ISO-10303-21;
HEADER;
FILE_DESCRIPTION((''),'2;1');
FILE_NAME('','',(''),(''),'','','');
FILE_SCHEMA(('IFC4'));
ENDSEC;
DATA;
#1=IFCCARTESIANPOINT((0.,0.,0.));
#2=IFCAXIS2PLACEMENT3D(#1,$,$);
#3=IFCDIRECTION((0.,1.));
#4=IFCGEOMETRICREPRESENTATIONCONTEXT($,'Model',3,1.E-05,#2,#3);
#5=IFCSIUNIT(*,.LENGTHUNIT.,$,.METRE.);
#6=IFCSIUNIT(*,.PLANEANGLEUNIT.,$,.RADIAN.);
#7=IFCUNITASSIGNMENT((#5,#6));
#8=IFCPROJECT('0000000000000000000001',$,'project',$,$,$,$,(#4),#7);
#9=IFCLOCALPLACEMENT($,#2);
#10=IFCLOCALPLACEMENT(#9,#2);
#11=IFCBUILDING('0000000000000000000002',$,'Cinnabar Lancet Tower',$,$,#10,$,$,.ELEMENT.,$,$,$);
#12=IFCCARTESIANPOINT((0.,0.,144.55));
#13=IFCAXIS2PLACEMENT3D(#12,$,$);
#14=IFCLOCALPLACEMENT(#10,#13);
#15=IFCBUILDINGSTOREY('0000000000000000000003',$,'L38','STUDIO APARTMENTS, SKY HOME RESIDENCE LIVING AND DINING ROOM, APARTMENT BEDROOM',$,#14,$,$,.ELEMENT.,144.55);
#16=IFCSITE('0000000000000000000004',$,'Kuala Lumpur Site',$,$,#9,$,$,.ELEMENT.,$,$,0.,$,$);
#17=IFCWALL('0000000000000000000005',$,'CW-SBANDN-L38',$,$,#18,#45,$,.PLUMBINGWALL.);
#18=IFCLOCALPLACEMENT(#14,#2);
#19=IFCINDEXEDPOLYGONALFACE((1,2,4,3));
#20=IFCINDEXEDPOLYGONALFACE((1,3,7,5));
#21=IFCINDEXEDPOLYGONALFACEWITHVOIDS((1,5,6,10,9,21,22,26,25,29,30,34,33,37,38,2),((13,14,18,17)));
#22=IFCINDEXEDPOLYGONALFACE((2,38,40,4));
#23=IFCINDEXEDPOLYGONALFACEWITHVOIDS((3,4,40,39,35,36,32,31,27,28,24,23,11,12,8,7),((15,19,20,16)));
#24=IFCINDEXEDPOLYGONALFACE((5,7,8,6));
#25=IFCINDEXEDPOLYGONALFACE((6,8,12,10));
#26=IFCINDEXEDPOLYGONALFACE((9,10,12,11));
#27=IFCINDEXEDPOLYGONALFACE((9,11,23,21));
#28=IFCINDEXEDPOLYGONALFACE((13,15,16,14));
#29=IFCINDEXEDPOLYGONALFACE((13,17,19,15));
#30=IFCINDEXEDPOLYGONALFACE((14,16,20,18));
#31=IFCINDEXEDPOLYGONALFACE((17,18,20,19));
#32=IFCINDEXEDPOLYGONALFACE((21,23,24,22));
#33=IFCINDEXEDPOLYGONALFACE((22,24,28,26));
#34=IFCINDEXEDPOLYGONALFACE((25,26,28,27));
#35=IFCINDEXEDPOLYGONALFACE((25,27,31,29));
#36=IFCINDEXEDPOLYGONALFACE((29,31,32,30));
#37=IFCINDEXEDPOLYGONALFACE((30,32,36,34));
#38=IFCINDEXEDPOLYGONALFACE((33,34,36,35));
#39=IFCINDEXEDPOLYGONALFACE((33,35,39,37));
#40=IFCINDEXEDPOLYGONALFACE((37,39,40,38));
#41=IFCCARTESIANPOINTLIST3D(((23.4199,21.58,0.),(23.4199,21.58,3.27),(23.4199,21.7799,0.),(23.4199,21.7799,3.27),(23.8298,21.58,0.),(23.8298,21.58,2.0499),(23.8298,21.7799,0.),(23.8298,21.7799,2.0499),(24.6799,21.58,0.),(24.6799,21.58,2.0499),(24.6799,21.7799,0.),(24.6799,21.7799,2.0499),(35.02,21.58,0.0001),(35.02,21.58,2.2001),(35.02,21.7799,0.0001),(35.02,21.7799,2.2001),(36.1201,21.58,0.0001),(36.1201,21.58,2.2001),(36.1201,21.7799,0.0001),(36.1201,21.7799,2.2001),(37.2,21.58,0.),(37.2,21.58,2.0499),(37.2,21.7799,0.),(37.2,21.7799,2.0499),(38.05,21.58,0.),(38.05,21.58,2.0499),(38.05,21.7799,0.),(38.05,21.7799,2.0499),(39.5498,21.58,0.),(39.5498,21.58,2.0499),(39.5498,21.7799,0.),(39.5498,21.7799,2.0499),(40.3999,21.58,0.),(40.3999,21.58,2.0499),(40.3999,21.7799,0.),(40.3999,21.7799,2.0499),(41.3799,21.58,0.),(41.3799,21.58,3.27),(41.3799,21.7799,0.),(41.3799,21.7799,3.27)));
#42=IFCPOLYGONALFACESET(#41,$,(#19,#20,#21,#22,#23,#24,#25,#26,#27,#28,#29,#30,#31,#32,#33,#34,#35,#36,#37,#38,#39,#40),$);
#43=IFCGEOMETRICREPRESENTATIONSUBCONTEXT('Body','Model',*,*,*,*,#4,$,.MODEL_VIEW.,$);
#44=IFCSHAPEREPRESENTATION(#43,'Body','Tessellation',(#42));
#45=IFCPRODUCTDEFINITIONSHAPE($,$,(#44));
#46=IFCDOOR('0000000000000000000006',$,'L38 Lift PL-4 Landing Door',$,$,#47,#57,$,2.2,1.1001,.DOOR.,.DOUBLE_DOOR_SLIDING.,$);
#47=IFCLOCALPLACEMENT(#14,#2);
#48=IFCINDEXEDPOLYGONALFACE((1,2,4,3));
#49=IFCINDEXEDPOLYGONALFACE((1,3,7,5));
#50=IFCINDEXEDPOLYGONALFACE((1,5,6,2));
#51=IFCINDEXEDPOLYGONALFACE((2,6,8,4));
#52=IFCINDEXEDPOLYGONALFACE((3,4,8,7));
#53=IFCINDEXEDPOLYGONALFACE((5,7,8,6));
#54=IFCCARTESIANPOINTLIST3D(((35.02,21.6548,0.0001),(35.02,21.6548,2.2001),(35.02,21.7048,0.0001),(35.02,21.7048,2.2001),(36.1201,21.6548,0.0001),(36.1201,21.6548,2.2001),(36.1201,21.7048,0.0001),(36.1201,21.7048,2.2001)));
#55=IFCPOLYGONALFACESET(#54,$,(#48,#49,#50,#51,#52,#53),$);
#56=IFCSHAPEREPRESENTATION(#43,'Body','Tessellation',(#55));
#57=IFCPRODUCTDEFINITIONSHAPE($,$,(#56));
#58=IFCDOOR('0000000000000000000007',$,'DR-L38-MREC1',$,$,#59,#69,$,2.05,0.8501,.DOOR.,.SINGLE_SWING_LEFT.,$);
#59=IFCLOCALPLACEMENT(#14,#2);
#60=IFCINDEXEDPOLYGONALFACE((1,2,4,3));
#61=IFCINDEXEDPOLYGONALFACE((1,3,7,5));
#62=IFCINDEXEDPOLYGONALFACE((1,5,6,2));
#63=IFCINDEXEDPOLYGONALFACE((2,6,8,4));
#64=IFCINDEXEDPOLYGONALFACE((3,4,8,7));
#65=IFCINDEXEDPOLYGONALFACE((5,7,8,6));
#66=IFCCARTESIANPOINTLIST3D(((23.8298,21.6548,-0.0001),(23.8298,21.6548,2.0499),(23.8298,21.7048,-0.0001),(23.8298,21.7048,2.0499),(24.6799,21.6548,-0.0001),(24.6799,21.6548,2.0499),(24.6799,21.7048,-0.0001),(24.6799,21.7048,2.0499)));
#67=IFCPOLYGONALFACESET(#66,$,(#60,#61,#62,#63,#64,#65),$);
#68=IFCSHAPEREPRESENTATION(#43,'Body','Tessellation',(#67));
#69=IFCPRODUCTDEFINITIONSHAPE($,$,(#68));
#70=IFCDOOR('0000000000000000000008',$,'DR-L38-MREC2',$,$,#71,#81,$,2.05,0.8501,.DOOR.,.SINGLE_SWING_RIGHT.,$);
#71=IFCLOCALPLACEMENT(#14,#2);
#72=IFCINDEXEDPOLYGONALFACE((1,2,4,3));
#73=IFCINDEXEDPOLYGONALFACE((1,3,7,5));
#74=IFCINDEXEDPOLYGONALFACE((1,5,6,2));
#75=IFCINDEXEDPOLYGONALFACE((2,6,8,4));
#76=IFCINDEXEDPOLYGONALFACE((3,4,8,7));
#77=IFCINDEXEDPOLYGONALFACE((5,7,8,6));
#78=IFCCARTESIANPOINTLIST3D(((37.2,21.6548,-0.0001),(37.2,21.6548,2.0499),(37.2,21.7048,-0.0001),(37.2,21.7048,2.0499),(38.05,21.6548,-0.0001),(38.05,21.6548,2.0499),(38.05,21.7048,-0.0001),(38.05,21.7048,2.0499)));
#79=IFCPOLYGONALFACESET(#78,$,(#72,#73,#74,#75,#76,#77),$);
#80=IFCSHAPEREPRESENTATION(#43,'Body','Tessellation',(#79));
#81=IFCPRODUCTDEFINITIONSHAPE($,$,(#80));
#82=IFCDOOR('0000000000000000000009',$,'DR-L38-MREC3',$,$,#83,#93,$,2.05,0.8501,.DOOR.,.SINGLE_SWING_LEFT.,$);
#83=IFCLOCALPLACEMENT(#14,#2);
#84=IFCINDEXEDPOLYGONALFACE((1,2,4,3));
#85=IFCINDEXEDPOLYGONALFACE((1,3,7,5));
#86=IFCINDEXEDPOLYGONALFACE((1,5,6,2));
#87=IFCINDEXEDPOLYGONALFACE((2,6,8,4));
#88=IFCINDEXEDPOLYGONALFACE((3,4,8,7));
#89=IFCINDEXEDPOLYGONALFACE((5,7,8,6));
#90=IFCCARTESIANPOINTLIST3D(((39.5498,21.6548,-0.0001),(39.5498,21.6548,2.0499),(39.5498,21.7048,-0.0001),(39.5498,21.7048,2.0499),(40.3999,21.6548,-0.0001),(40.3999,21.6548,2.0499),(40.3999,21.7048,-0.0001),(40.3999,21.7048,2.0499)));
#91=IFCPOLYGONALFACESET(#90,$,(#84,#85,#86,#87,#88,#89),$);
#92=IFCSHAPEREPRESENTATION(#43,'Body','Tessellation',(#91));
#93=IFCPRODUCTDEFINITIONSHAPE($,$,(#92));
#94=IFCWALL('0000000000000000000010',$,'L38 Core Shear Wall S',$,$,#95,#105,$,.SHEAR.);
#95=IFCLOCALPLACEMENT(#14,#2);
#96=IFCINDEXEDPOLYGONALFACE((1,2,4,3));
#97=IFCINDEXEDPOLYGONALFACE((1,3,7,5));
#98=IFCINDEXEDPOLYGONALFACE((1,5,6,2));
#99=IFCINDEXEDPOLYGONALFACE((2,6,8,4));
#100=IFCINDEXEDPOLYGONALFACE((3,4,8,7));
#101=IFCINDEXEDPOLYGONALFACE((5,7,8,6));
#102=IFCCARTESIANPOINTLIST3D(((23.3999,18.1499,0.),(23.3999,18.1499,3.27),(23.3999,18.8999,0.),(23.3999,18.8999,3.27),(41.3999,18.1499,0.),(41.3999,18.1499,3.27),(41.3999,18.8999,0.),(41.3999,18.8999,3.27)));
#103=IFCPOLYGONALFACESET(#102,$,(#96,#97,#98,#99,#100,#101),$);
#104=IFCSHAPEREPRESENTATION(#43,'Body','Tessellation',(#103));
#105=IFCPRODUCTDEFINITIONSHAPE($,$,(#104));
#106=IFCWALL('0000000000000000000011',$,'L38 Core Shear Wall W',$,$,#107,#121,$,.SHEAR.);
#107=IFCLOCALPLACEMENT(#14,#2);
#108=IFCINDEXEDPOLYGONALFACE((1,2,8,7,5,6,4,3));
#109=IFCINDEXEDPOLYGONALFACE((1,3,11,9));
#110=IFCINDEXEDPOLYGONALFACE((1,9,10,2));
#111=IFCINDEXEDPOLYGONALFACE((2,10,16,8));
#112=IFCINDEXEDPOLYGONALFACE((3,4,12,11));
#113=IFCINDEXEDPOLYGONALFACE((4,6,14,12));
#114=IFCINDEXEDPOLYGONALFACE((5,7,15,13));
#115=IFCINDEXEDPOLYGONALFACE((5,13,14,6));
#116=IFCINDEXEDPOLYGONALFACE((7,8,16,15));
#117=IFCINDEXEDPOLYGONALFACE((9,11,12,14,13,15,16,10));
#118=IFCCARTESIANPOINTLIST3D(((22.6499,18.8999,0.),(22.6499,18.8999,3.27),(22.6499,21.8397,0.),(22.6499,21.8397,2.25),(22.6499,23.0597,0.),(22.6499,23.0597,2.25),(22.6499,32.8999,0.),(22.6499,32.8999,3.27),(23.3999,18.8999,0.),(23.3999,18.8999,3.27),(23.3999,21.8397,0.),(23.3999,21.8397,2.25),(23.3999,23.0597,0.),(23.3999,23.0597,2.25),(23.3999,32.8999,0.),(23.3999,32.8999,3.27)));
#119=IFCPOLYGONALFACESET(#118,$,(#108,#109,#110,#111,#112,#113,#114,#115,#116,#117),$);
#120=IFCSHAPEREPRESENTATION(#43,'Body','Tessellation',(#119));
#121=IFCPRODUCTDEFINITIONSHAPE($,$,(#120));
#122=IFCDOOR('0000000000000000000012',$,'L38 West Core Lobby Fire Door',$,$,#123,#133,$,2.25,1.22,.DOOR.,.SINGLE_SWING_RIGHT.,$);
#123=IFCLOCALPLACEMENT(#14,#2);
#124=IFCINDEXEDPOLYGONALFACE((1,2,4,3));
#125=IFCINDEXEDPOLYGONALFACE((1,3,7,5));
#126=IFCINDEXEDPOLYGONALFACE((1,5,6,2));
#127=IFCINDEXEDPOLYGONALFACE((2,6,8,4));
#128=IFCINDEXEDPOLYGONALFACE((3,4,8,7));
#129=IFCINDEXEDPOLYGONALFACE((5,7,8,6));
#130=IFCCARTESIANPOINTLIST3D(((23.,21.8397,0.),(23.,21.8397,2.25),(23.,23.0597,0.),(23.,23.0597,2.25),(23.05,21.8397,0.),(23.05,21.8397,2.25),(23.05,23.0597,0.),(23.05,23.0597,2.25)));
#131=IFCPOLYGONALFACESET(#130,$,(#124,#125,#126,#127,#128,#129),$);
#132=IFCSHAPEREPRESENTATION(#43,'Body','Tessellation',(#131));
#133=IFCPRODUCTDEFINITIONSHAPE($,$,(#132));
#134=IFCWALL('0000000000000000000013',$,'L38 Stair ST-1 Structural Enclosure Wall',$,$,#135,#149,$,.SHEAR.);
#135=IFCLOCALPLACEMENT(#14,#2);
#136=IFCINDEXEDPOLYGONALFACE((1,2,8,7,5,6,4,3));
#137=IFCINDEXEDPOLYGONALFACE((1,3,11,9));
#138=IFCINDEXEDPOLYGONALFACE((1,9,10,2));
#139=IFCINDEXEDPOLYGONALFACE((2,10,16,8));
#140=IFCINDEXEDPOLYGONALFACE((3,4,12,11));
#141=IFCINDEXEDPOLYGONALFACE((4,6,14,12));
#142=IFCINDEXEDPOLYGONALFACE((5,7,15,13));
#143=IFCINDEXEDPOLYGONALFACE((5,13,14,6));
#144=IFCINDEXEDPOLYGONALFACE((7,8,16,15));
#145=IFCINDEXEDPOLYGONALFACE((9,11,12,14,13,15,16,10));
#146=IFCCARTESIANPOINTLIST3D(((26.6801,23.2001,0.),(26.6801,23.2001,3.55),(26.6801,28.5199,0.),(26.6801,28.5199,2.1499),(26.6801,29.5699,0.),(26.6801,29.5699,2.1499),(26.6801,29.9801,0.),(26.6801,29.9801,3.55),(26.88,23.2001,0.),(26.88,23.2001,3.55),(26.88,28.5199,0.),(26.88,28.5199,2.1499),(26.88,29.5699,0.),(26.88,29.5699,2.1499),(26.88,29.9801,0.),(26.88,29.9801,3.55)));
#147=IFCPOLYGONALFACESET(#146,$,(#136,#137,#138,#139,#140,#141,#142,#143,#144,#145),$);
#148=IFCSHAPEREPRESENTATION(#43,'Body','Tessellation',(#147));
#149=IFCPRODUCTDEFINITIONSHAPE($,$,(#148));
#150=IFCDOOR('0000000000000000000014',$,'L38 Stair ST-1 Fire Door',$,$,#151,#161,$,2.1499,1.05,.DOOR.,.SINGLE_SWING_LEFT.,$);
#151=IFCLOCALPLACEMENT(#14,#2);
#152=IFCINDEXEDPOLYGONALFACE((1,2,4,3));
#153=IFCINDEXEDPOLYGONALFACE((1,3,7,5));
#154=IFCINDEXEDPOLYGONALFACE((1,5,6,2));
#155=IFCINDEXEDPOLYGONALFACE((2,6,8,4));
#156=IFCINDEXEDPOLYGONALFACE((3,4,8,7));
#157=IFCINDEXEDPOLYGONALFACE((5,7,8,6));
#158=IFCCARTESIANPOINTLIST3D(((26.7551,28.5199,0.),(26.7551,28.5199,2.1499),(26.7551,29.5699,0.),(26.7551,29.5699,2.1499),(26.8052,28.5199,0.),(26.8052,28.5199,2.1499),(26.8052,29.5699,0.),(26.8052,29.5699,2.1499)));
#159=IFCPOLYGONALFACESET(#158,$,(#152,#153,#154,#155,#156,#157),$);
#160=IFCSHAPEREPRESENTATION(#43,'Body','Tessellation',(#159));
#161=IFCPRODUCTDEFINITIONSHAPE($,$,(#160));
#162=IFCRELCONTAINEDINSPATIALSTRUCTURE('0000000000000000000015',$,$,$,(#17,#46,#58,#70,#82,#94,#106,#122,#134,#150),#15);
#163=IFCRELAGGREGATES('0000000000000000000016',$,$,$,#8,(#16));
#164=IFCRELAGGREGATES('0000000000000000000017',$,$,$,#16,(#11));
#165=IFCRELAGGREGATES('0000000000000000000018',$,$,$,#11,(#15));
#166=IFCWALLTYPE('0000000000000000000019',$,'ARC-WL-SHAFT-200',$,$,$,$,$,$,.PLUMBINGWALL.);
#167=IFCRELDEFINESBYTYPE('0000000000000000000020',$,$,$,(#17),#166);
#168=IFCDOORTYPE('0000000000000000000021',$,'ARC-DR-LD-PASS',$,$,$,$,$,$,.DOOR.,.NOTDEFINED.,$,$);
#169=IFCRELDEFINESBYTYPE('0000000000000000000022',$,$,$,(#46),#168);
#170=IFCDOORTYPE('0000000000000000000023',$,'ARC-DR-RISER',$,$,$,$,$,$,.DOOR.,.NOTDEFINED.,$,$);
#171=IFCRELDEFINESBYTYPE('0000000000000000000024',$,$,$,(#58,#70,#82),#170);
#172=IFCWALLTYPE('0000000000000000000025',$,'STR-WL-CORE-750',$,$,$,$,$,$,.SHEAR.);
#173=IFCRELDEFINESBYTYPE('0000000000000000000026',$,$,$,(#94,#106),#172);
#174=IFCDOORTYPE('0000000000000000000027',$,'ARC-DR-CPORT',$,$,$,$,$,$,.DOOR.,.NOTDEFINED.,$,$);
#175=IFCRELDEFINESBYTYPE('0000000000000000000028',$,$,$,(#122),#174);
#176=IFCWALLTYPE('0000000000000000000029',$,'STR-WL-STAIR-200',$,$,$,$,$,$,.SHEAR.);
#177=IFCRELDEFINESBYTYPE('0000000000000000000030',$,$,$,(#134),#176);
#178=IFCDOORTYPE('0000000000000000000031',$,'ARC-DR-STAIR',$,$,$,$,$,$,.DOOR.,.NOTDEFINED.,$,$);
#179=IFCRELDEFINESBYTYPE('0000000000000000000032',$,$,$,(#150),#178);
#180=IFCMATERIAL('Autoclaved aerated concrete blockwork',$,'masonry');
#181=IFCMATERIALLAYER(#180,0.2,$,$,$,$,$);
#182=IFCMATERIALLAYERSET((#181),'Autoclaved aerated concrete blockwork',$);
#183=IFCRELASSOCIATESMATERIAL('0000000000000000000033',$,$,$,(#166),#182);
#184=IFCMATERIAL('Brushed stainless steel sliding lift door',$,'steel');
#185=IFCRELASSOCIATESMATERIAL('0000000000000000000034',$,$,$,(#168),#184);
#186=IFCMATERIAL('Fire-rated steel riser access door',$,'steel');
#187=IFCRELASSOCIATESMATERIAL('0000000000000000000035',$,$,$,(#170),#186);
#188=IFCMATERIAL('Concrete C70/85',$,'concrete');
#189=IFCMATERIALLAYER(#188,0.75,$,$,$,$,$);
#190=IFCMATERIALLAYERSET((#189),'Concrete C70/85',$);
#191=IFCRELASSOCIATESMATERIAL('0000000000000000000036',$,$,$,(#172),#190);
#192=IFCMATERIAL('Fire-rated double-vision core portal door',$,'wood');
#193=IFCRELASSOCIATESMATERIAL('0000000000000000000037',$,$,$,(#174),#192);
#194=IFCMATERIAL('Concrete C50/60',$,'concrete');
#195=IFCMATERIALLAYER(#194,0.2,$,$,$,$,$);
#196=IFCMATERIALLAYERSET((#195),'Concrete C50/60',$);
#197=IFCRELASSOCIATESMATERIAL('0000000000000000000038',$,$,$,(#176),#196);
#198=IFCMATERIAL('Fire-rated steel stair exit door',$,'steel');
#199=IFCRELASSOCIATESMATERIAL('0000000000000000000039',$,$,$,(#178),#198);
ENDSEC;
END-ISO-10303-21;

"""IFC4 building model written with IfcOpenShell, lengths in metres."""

from ifc_helpers import new_model, si_unit, direction, frame, frame_2d, origin, place, context, subcontext, project, spatial, rectangle, extrude, material, layer, layer_set, type_object, element, fill, save


model = new_model("IFC4")

# Units and contexts
model_context = context("Model", 3, precision=1e-05, world=origin(), true_north=direction((0.0, 1.0)))
body_context = subcontext(model_context, "Body", "Model", "MODEL_VIEW")
ifc_project = project(units=[si_unit("LENGTHUNIT", "METRE"), si_unit("PLANEANGLEUNIT", "RADIAN")], contexts=[model_context])

# Site, building, storey
site_placement = place(None, origin())
site = spatial("IfcSite", under=ifc_project, at=site_placement, Name="Kuala Lumpur Site", CompositionType="ELEMENT", RefElevation=0.0)
building_placement = place(site_placement, origin())
building = spatial("IfcBuilding", under=site, at=building_placement, Name="Cinnabar Lancet Tower", CompositionType="ELEMENT")
storey_placement = place(building_placement, frame((0.0, 0.0, 144.55)))
storey = spatial("IfcBuildingStorey", under=building, at=storey_placement, Name="L38", Description="STUDIO APARTMENTS, SKY HOME RESIDENCE LIVING AND DINING ROOM, APARTMENT BEDROOM", CompositionType="ELEMENT", Elevation=144.55)

# Shared definitions
ifc_material_1 = material(Name="Autoclaved aerated concrete blockwork", Category="masonry")
ifc_layer_1 = layer(ifc_material_1, 0.2)
ifc_layer_set_1 = layer_set([ifc_layer_1], Name="Autoclaved aerated concrete blockwork")
wall_type_1 = type_object("IfcWallType", Name="ARC-WL-SHAFT-200", PredefinedType="PLUMBINGWALL", material=ifc_layer_set_1)

# Shared definitions
ifc_material_2 = material(Name="Brushed stainless steel sliding lift door", Category="steel")
door_type_1 = type_object("IfcDoorType", Name="ARC-DR-LD-PASS", OperationType="NOTDEFINED", PredefinedType="DOOR", material=ifc_material_2)

# Wall, openings, doors
wall_1_placement = place(storey_placement, frame((23.4199, 21.6799, 0.0), z_axis=(0.0, 0.0, 1.0), x_axis=(1.0, 0.0, 0.0)))
wall_1 = element("IfcWall", 1, at=wall_1_placement, inside=storey, type_object=wall_type_1, Name="CW-SBANDN-L38", PredefinedType="PLUMBINGWALL", context=body_context, shape_type="SweptSolid", body=[
    extrude(rectangle(XDim=17.96, YDim=0.2, at=frame_2d((8.98, 0.0))), origin(), (0.0, 0.0, 1.0), 3.27),
])
opening_1_placement = place(wall_1_placement, frame((11.6001, 0.0, 0.0)))
opening_1 = element("IfcOpeningElement", 2, at=opening_1_placement, cuts=wall_1, PredefinedType="OPENING", context=body_context, shape_type="SweptSolid", body=[
    extrude(rectangle(XDim=1.1001, YDim=2.2, at=frame_2d((0.55, 1.1001))), frame((0.0, 0.1099, 0.0), z_axis=(0.0, -1.0, 0.0), x_axis=(1.0, 0.0, 0.0)), (0.0, 0.0, 1.0), 0.22),
])
opening_2_placement = place(wall_1_placement, frame((0.4099, 0.0, 0.0)))
opening_2 = element("IfcOpeningElement", 3, at=opening_2_placement, cuts=wall_1, PredefinedType="OPENING", context=body_context, shape_type="SweptSolid", body=[
    extrude(rectangle(XDim=0.8501, YDim=2.05, at=frame_2d((0.425, 1.0249))), frame((0.0, 0.1099, 0.0), z_axis=(0.0, -1.0, 0.0), x_axis=(1.0, 0.0, 0.0)), (0.0, 0.0, 1.0), 0.22),
])
opening_3_placement = place(wall_1_placement, frame((13.78, 0.0, 0.0)))
opening_3 = element("IfcOpeningElement", 4, at=opening_3_placement, cuts=wall_1, PredefinedType="OPENING", context=body_context, shape_type="SweptSolid", body=[
    extrude(rectangle(XDim=0.8501, YDim=2.05, at=frame_2d((0.425, 1.0249))), frame((0.0, 0.1099, 0.0), z_axis=(0.0, -1.0, 0.0), x_axis=(1.0, 0.0, 0.0)), (0.0, 0.0, 1.0), 0.22),
])
opening_4_placement = place(wall_1_placement, frame((16.1299, 0.0, 0.0)))
opening_4 = element("IfcOpeningElement", 5, at=opening_4_placement, cuts=wall_1, PredefinedType="OPENING", context=body_context, shape_type="SweptSolid", body=[
    extrude(rectangle(XDim=0.8501, YDim=2.05, at=frame_2d((0.425, 1.0249))), frame((0.0, 0.1099, 0.0), z_axis=(0.0, -1.0, 0.0), x_axis=(1.0, 0.0, 0.0)), (0.0, 0.0, 1.0), 0.22),
])
door_1_placement = place(opening_1_placement, origin())
door_1 = element("IfcDoor", 6, at=door_1_placement, inside=storey, type_object=door_type_1, Name="L38 Lift PL-4 Landing Door", OperationType="DOUBLE_DOOR_SLIDING", OverallHeight=2.2, OverallWidth=1.1001, PredefinedType="DOOR", context=body_context, shape_type="SweptSolid", body=[
    extrude(rectangle(XDim=1.1001, YDim=2.2, at=frame_2d((0.55, 1.1001))), frame((0.0, 0.0249, 0.0), z_axis=(0.0, -1.0, 0.0), x_axis=(1.0, 0.0, 0.0)), (0.0, 0.0, 1.0), 0.05),
])
fill(opening_1, door_1)
ifc_material_3 = material(Name="Fire-rated steel riser access door", Category="steel")
door_type_2 = type_object("IfcDoorType", Name="ARC-DR-RISER", OperationType="NOTDEFINED", PredefinedType="DOOR", material=ifc_material_3)
door_2_placement = place(opening_2_placement, origin())
door_2 = element("IfcDoor", 7, at=door_2_placement, inside=storey, type_object=door_type_2, Name="DR-L38-MREC1", OperationType="SINGLE_SWING_LEFT", OverallHeight=2.05, OverallWidth=0.8501, PredefinedType="DOOR", context=body_context, shape_type="SweptSolid", body=[
    extrude(rectangle(XDim=0.8501, YDim=2.05, at=frame_2d((0.425, 1.0249))), frame((0.0, 0.0249, 0.0), z_axis=(0.0, -1.0, 0.0), x_axis=(1.0, 0.0, 0.0)), (0.0, 0.0, 1.0), 0.05),
])
fill(opening_2, door_2)
door_3_placement = place(opening_3_placement, origin())
door_3 = element("IfcDoor", 8, at=door_3_placement, inside=storey, type_object=door_type_2, Name="DR-L38-MREC2", OperationType="SINGLE_SWING_RIGHT", OverallHeight=2.05, OverallWidth=0.8501, PredefinedType="DOOR", context=body_context, shape_type="SweptSolid", body=[
    extrude(rectangle(XDim=0.8501, YDim=2.05, at=frame_2d((0.425, 1.0249))), frame((0.0, 0.0249, 0.0), z_axis=(0.0, -1.0, 0.0), x_axis=(1.0, 0.0, 0.0)), (0.0, 0.0, 1.0), 0.05),
])
fill(opening_3, door_3)
door_4_placement = place(opening_4_placement, origin())
door_4 = element("IfcDoor", 9, at=door_4_placement, inside=storey, type_object=door_type_2, Name="DR-L38-MREC3", OperationType="SINGLE_SWING_LEFT", OverallHeight=2.05, OverallWidth=0.8501, PredefinedType="DOOR", context=body_context, shape_type="SweptSolid", body=[
    extrude(rectangle(XDim=0.8501, YDim=2.05, at=frame_2d((0.425, 1.0249))), frame((0.0, 0.0249, 0.0), z_axis=(0.0, -1.0, 0.0), x_axis=(1.0, 0.0, 0.0)), (0.0, 0.0, 1.0), 0.05),
])
fill(opening_4, door_4)

# Wall
ifc_material_4 = material(Name="Concrete C70/85", Category="concrete")
ifc_layer_2 = layer(ifc_material_4, 0.75)
ifc_layer_set_2 = layer_set([ifc_layer_2], Name="Concrete C70/85")
wall_type_2 = type_object("IfcWallType", Name="STR-WL-CORE-750", PredefinedType="SHEAR", material=ifc_layer_set_2)
wall_2_placement = place(storey_placement, frame((23.3999, 18.5249, 0.0), z_axis=(0.0, 0.0, 1.0), x_axis=(1.0, 0.0, 0.0)))
element("IfcWall", 10, at=wall_2_placement, inside=storey, type_object=wall_type_2, Name="L38 Core Shear Wall S", PredefinedType="SHEAR", context=body_context, shape_type="SweptSolid", body=[
    extrude(rectangle(XDim=18.0, YDim=0.75, at=frame_2d((9.0, 0.0))), origin(), (0.0, 0.0, 1.0), 3.27),
])

# Walls, openings, doors
wall_3_placement = place(storey_placement, frame((23.0249, 18.8999, 0.0), z_axis=(0.0, 0.0, 1.0), x_axis=(0.0, 1.0, 0.0)))
wall_3 = element("IfcWall", 11, at=wall_3_placement, inside=storey, type_object=wall_type_2, Name="L38 Core Shear Wall W", PredefinedType="SHEAR", context=body_context, shape_type="SweptSolid", body=[
    extrude(rectangle(XDim=14.0, YDim=0.75, at=frame_2d((7.0, 0.0))), origin(), (0.0, 0.0, 1.0), 3.27),
])
opening_5_placement = place(wall_3_placement, frame((2.9399, 0.0, 0.0)))
opening_5 = element("IfcOpeningElement", 12, at=opening_5_placement, cuts=wall_3, PredefinedType="OPENING", context=body_context, shape_type="SweptSolid", body=[
    extrude(rectangle(XDim=1.22, YDim=2.25, at=frame_2d((0.6099, 1.125))), frame((0.0, 0.385, 0.0), z_axis=(0.0, -1.0, 0.0), x_axis=(1.0, 0.0, 0.0)), (0.0, 0.0, 1.0), 0.77),
])
ifc_material_5 = material(Name="Fire-rated double-vision core portal door", Category="wood")
door_type_3 = type_object("IfcDoorType", Name="ARC-DR-CPORT", OperationType="NOTDEFINED", PredefinedType="DOOR", material=ifc_material_5)
door_5_placement = place(opening_5_placement, origin())
door_5 = element("IfcDoor", 13, at=door_5_placement, inside=storey, type_object=door_type_3, Name="L38 West Core Lobby Fire Door", OperationType="SINGLE_SWING_RIGHT", OverallHeight=2.25, OverallWidth=1.22, PredefinedType="DOOR", context=body_context, shape_type="SweptSolid", body=[
    extrude(rectangle(XDim=1.22, YDim=2.25, at=frame_2d((0.6099, 1.125))), frame((0.0, 0.0249, 0.0), z_axis=(0.0, -1.0, 0.0), x_axis=(1.0, 0.0, 0.0)), (0.0, 0.0, 1.0), 0.05),
])
fill(opening_5, door_5)
ifc_material_6 = material(Name="Concrete C50/60", Category="concrete")
ifc_layer_3 = layer(ifc_material_6, 0.2)
ifc_layer_set_3 = layer_set([ifc_layer_3], Name="Concrete C50/60")
wall_type_3 = type_object("IfcWallType", Name="STR-WL-STAIR-200", PredefinedType="SHEAR", material=ifc_layer_set_3)
wall_4_placement = place(storey_placement, frame((26.78, 23.2, 0.0), z_axis=(0.0, 0.0, 1.0), x_axis=(0.0, 1.0, 0.0)))
wall_4 = element("IfcWall", 14, at=wall_4_placement, inside=storey, type_object=wall_type_3, Name="L38 Stair ST-1 Structural Enclosure Wall", PredefinedType="SHEAR", context=body_context, shape_type="SweptSolid", body=[
    extrude(rectangle(XDim=6.78, YDim=0.2, at=frame_2d((3.3901, 0.0))), origin(), (0.0, 0.0, 1.0), 3.55),
])
opening_6_placement = place(wall_4_placement, frame((5.3201, 0.0, 0.0)))
opening_6 = element("IfcOpeningElement", 15, at=opening_6_placement, cuts=wall_4, PredefinedType="OPENING", context=body_context, shape_type="SweptSolid", body=[
    extrude(rectangle(XDim=1.05, YDim=2.1499, at=frame_2d((0.5249, 1.075))), frame((0.0, 0.1099, 0.0), z_axis=(0.0, -1.0, 0.0), x_axis=(1.0, 0.0, 0.0)), (0.0, 0.0, 1.0), 0.22),
])
ifc_material_7 = material(Name="Fire-rated steel stair exit door", Category="steel")
door_type_4 = type_object("IfcDoorType", Name="ARC-DR-STAIR", OperationType="NOTDEFINED", PredefinedType="DOOR", material=ifc_material_7)
door_6_placement = place(opening_6_placement, origin())
door_6 = element("IfcDoor", 16, at=door_6_placement, inside=storey, type_object=door_type_4, Name="L38 Stair ST-1 Fire Door", OperationType="SINGLE_SWING_LEFT", OverallHeight=2.1499, OverallWidth=1.05, PredefinedType="DOOR", context=body_context, shape_type="SweptSolid", body=[
    extrude(rectangle(XDim=1.05, YDim=2.1499, at=frame_2d((0.5249, 1.075))), frame((0.0, 0.0249, 0.0), z_axis=(0.0, -1.0, 0.0), x_axis=(1.0, 0.0, 0.0)), (0.0, 0.0, 1.0), 0.05),
])
fill(opening_6, door_6)

save(model, "model.ifc")
